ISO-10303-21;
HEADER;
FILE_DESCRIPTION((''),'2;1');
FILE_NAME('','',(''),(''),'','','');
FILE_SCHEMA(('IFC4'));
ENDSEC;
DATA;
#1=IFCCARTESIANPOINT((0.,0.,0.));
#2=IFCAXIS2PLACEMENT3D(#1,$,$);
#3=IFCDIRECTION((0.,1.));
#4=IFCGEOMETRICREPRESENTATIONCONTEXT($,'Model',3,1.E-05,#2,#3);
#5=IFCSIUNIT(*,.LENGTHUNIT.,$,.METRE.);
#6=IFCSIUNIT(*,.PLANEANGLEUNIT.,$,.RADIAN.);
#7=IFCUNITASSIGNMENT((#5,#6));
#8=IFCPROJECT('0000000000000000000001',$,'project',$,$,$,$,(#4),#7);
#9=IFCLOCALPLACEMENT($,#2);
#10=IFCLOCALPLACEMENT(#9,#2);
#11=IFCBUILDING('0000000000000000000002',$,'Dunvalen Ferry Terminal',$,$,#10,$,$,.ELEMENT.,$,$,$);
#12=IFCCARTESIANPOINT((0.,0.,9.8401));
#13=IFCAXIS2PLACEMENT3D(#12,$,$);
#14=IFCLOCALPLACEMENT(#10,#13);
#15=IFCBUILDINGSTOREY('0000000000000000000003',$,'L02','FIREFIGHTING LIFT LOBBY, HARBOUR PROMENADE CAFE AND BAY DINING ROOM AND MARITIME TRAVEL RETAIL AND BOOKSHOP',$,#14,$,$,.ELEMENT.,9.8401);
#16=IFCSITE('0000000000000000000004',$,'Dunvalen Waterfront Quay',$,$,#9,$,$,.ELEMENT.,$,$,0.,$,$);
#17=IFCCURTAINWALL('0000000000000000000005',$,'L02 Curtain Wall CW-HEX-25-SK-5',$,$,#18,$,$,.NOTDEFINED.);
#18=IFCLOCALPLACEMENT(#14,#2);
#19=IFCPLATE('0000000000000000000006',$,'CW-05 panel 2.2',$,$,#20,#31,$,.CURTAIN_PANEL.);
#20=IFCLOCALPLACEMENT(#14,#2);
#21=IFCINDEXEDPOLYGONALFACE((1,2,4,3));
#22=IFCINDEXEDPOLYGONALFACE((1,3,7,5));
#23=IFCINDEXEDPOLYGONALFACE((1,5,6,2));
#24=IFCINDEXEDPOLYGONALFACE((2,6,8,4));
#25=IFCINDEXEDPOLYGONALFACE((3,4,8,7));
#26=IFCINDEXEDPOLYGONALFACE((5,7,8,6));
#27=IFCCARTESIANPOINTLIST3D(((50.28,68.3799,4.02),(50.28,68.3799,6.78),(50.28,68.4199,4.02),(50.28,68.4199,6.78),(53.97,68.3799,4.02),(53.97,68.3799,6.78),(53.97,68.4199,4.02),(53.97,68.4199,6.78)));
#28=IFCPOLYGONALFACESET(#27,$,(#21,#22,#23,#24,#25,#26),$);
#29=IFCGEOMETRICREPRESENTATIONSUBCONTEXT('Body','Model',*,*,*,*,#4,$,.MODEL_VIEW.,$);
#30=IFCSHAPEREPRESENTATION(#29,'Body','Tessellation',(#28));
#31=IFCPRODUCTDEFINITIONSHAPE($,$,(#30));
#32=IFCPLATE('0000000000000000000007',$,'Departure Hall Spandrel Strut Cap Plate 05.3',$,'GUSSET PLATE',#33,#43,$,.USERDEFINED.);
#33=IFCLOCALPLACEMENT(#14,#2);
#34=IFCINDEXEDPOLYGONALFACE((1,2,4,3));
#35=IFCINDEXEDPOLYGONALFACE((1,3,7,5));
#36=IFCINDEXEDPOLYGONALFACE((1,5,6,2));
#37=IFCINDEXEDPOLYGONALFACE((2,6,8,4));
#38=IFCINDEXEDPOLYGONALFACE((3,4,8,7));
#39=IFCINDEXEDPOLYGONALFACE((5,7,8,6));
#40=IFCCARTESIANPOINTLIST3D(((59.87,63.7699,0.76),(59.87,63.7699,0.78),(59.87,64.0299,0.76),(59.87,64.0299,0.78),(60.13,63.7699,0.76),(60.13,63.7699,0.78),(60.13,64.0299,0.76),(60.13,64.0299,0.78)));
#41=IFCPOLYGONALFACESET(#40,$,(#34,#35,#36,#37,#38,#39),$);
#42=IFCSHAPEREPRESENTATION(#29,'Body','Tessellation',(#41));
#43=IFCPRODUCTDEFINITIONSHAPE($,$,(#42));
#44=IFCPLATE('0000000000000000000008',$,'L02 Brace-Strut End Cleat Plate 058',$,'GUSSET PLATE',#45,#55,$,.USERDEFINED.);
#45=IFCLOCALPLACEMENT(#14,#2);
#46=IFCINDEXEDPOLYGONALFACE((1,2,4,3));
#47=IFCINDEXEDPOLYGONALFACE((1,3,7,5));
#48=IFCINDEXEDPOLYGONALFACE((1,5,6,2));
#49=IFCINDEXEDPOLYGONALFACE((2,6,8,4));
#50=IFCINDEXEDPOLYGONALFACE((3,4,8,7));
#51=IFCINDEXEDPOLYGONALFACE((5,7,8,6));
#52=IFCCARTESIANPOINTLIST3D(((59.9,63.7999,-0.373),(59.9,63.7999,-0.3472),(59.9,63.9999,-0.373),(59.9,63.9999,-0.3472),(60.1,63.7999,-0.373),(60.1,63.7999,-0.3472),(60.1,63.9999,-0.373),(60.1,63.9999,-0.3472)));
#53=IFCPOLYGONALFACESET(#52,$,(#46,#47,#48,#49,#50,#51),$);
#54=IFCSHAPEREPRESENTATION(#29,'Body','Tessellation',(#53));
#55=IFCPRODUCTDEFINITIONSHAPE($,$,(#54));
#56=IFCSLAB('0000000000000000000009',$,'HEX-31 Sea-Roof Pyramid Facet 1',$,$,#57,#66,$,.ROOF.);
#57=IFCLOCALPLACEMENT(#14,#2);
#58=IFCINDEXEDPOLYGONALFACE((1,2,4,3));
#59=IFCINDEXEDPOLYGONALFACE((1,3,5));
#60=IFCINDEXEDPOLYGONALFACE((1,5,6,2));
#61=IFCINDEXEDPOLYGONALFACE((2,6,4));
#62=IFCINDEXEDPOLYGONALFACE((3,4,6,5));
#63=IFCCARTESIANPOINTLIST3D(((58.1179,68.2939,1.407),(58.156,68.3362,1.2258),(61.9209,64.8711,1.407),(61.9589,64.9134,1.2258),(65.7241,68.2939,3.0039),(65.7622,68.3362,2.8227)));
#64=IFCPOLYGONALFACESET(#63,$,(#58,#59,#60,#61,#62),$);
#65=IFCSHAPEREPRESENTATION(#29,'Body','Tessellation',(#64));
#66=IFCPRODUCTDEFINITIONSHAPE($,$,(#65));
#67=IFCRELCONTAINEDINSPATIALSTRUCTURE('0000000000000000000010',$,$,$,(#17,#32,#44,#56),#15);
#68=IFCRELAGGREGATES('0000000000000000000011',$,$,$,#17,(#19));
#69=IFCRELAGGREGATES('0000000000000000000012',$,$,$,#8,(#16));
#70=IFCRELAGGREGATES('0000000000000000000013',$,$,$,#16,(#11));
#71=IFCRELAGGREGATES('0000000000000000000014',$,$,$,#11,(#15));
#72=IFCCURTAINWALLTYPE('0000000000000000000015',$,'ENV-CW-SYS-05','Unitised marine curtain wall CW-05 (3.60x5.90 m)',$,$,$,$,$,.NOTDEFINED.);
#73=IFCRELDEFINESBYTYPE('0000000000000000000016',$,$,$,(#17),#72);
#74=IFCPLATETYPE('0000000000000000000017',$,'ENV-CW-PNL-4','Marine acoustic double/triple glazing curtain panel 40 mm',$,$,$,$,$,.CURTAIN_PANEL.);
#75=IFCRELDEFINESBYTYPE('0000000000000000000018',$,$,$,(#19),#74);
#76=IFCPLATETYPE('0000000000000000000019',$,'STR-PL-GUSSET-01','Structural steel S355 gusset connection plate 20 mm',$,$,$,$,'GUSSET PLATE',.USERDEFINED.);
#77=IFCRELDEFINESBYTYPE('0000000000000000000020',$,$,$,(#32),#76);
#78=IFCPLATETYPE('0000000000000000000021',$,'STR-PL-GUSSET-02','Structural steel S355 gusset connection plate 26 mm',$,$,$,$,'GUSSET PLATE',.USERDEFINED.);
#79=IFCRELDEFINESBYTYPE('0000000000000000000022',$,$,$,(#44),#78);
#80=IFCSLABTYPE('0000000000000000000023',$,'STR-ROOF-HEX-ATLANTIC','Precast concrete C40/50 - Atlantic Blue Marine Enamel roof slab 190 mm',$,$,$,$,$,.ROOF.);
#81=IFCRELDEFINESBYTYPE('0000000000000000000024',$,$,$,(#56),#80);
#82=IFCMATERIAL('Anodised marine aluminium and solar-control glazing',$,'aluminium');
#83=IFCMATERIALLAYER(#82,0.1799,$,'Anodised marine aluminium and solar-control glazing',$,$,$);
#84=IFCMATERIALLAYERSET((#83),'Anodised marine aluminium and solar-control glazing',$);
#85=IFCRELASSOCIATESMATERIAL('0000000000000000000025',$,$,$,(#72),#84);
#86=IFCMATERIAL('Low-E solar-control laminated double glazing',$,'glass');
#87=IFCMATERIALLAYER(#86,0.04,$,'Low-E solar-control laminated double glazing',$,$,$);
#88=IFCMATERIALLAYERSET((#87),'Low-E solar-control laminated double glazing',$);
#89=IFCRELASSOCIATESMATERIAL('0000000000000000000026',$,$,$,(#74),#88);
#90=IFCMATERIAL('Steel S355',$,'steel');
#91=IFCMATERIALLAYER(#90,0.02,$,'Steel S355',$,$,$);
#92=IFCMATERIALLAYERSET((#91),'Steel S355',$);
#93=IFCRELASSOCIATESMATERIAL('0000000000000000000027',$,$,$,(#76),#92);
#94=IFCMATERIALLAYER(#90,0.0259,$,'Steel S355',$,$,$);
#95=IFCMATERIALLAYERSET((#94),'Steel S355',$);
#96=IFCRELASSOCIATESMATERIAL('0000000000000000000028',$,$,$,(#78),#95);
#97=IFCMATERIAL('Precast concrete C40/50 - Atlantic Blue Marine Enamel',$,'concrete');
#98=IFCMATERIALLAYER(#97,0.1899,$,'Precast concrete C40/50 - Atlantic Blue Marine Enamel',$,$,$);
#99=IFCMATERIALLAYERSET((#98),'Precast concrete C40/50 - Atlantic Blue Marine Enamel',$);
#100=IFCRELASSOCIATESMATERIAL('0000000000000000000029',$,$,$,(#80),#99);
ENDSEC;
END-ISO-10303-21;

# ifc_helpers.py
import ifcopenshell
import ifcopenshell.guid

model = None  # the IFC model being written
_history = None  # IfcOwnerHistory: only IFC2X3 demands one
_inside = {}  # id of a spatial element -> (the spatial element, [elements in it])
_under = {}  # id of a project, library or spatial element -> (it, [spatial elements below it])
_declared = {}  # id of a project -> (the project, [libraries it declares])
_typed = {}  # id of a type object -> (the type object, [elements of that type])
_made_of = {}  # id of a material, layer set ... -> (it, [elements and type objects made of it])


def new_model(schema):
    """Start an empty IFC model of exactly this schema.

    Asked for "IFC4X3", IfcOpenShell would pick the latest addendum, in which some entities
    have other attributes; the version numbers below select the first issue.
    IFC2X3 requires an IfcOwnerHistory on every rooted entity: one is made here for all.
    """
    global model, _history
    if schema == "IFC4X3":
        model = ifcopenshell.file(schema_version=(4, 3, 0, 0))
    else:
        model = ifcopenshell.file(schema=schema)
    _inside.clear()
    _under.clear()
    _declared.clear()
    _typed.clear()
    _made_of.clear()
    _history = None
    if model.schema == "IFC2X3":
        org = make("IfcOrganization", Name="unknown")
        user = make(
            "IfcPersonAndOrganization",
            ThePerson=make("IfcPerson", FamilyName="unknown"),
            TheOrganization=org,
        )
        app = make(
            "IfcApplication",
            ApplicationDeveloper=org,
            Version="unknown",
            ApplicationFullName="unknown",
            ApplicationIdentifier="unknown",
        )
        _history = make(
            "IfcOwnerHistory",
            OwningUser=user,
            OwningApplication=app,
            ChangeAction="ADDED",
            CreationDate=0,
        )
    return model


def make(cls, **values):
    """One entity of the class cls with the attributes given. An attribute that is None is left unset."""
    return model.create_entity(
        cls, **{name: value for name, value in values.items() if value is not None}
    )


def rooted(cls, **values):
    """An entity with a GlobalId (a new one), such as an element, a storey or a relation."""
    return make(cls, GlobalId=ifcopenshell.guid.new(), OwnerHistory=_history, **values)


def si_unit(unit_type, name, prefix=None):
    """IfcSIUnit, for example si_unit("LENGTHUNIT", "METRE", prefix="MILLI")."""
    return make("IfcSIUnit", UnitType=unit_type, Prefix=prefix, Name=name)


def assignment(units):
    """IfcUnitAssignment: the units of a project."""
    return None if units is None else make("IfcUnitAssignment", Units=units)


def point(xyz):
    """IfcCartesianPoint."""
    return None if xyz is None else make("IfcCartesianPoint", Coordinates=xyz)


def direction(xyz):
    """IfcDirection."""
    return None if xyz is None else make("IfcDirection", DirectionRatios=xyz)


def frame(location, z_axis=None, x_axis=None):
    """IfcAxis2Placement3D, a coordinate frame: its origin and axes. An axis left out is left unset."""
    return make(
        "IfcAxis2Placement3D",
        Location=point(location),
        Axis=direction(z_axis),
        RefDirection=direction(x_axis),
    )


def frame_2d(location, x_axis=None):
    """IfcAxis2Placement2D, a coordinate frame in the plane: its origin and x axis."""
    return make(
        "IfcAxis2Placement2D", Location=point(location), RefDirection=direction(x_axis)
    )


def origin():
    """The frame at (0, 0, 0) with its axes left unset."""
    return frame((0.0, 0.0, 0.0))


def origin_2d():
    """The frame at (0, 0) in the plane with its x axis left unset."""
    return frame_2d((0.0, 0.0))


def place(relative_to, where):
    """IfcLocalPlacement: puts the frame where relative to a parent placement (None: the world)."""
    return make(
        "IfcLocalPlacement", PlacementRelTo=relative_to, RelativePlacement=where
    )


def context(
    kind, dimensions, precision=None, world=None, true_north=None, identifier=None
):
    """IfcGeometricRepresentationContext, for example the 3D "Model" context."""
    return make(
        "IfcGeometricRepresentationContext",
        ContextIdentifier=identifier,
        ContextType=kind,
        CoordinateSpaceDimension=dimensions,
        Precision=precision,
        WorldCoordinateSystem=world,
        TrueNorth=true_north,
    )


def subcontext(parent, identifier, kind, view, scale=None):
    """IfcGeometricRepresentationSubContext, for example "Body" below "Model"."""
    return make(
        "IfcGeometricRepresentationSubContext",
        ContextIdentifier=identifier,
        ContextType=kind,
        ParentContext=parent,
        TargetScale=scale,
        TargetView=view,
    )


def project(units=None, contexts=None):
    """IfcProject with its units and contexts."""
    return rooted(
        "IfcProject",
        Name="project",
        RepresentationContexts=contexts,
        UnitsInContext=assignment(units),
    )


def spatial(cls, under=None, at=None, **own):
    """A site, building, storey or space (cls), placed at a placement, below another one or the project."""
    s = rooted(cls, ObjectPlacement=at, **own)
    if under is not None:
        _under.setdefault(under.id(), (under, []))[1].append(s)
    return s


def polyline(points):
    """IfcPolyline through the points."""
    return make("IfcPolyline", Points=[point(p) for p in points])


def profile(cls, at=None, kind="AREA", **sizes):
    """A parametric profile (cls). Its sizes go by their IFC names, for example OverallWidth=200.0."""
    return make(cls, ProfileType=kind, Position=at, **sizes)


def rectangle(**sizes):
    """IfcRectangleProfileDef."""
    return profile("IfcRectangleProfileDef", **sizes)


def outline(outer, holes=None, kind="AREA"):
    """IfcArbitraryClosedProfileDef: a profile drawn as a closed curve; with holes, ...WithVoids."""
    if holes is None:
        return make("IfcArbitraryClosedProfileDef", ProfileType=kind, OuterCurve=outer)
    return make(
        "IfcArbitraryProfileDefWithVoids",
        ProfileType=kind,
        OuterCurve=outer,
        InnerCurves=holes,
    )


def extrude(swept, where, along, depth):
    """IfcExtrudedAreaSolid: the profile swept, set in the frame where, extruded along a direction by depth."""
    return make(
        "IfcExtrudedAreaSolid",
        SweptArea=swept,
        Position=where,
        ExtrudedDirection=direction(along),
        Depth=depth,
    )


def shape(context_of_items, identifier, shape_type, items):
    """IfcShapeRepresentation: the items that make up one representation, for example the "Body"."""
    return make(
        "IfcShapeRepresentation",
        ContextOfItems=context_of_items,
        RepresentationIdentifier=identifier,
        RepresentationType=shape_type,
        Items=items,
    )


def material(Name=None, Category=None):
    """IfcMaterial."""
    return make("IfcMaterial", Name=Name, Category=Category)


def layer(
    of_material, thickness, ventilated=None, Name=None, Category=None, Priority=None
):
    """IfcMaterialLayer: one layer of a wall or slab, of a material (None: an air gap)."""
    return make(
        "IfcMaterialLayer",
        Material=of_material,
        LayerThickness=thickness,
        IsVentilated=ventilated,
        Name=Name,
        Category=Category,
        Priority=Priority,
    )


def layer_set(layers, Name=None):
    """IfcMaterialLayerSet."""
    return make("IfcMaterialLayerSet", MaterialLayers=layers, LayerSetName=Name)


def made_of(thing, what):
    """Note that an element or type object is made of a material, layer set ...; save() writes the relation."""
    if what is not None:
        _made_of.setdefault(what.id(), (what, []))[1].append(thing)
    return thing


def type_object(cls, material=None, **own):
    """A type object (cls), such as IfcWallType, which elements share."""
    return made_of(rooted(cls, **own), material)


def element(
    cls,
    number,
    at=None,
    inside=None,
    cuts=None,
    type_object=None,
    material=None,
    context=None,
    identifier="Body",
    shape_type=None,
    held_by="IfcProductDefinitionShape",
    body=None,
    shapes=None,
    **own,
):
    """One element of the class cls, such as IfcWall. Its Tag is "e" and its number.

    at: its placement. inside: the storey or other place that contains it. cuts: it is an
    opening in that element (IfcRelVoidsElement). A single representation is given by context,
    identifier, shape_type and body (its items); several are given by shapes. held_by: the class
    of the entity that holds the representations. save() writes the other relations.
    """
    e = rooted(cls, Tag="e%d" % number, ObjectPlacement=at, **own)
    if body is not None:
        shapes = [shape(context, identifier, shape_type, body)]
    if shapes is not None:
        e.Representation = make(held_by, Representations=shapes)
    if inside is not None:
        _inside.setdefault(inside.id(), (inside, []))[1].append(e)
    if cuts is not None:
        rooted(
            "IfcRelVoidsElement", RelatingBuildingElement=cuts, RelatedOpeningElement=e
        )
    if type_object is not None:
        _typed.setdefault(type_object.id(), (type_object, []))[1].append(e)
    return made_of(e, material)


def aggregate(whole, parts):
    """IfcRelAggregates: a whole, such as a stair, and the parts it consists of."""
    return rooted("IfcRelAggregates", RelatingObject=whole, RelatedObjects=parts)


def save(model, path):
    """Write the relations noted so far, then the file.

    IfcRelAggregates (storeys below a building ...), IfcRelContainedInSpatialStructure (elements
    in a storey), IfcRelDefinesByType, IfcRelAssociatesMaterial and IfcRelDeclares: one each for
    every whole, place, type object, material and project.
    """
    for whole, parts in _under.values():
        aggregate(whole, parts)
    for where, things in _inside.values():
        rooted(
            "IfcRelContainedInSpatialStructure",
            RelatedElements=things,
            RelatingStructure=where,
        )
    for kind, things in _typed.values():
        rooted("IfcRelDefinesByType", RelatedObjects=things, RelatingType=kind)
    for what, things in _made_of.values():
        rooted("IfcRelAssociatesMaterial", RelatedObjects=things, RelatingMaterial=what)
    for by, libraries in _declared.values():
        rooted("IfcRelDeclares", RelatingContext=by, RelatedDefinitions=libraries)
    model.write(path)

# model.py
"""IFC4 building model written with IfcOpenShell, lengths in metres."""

from ifc_helpers import new_model, si_unit, direction, frame, origin, origin_2d, place, context, subcontext, project, spatial, polyline, rectangle, outline, extrude, material, layer, layer_set, type_object, element, aggregate, save


model = new_model("IFC4")

# Units and contexts
model_context = context("Model", 3, precision=1e-05, world=origin(), true_north=direction((0.0, 1.0)))
body_context = subcontext(model_context, "Body", "Model", "MODEL_VIEW")
ifc_project = project(units=[si_unit("LENGTHUNIT", "METRE"), si_unit("PLANEANGLEUNIT", "RADIAN")], contexts=[model_context])

# Site, building, storey
site_placement = place(None, origin())
site = spatial("IfcSite", under=ifc_project, at=site_placement, Name="Dunvalen Waterfront Quay", CompositionType="ELEMENT", RefElevation=0.0)
building_placement = place(site_placement, origin())
building = spatial("IfcBuilding", under=site, at=building_placement, Name="Dunvalen Ferry Terminal", CompositionType="ELEMENT")
storey_placement = place(building_placement, frame((0.0, 0.0, 9.8401)))
storey = spatial("IfcBuildingStorey", under=building, at=storey_placement, Name="L02", Description="FIREFIGHTING LIFT LOBBY, HARBOUR PROMENADE CAFE AND BAY DINING ROOM AND MARITIME TRAVEL RETAIL AND BOOKSHOP", CompositionType="ELEMENT", Elevation=9.8401)

# Shared definitions
ifc_material_1 = material(Name="Anodised marine aluminium and solar-control glazing", Category="aluminium")

# Curtain wall
ifc_layer_1 = layer(ifc_material_1, 0.1799, Name="Anodised marine aluminium and solar-control glazing")
ifc_layer_set_1 = layer_set([ifc_layer_1], Name="Anodised marine aluminium and solar-control glazing")
curtain_wall_type_1 = type_object("IfcCurtainWallType", Name="ENV-CW-SYS-05", Description="Unitised marine curtain wall CW-05 (3.60x5.90 m)", PredefinedType="NOTDEFINED", material=ifc_layer_set_1)
curtain_wall_1_placement = place(storey_placement, origin())
curtain_wall_1 = element("IfcCurtainWall", 1, at=curtain_wall_1_placement, inside=storey, type_object=curtain_wall_type_1, Name="L02 Curtain Wall CW-HEX-25-SK-5", PredefinedType="NOTDEFINED")

# Shared definitions
ifc_material_2 = material(Name="Steel S355", Category="steel")

# Plate
ifc_material_3 = material(Name="Low-E solar-control laminated double glazing", Category="glass")
ifc_layer_2 = layer(ifc_material_3, 0.04, Name="Low-E solar-control laminated double glazing")
ifc_layer_set_2 = layer_set([ifc_layer_2], Name="Low-E solar-control laminated double glazing")
plate_type_1 = type_object("IfcPlateType", Name="ENV-CW-PNL-4", Description="Marine acoustic double/triple glazing curtain panel 40 mm", PredefinedType="CURTAIN_PANEL", material=ifc_layer_set_2)
plate_1_placement = place(storey_placement, frame((52.125, 68.3999, 4.02), z_axis=(0.0, 0.0, 1.0), x_axis=(-1.0, 0.0, 0.0)))
plate_1 = element("IfcPlate", 2, at=plate_1_placement, type_object=plate_type_1, Name="CW-05 panel 2.2", PredefinedType="CURTAIN_PANEL", context=body_context, shape_type="SweptSolid", body=[
    extrude(rectangle(XDim=3.6899, YDim=0.04, at=origin_2d()), origin(), (0.0, 0.0, 1.0), 2.76),
])
aggregate(curtain_wall_1, [plate_1])

# Plates
ifc_layer_3 = layer(ifc_material_2, 0.02, Name="Steel S355")
ifc_layer_set_3 = layer_set([ifc_layer_3], Name="Steel S355")
plate_type_2 = type_object("IfcPlateType", Name="STR-PL-GUSSET-01", Description="Structural steel S355 gusset connection plate 20 mm", ElementType="GUSSET PLATE", PredefinedType="USERDEFINED", material=ifc_layer_set_3)
plate_2_placement = place(storey_placement, frame((60.0, 63.8999, 0.76), z_axis=(0.0, 0.0, 1.0), x_axis=(1.0, 0.0, 0.0)))
element("IfcPlate", 3, at=plate_2_placement, inside=storey, type_object=plate_type_2, Name="Departure Hall Spandrel Strut Cap Plate 05.3", ObjectType="GUSSET PLATE", PredefinedType="USERDEFINED", context=body_context, shape_type="SweptSolid", body=[
    extrude(rectangle(XDim=0.26, YDim=0.26, at=origin_2d()), origin(), (0.0, 0.0, 1.0), 0.02),
])
ifc_layer_4 = layer(ifc_material_2, 0.0259, Name="Steel S355")
ifc_layer_set_4 = layer_set([ifc_layer_4], Name="Steel S355")
plate_type_3 = type_object("IfcPlateType", Name="STR-PL-GUSSET-02", Description="Structural steel S355 gusset connection plate 26 mm", ElementType="GUSSET PLATE", PredefinedType="USERDEFINED", material=ifc_layer_set_4)
plate_3_placement = place(storey_placement, frame((60.0, 63.8999, -0.373), z_axis=(0.0, 0.0, 1.0), x_axis=(1.0, 0.0, 0.0)))
element("IfcPlate", 4, at=plate_3_placement, inside=storey, type_object=plate_type_3, Name="L02 Brace-Strut End Cleat Plate 058", ObjectType="GUSSET PLATE", PredefinedType="USERDEFINED", context=body_context, shape_type="SweptSolid", body=[
    extrude(rectangle(XDim=0.2, YDim=0.2, at=origin_2d()), origin(), (0.0, 0.0, 1.0), 0.0259),
])

# Slab
ifc_material_4 = material(Name="Precast concrete C40/50 - Atlantic Blue Marine Enamel", Category="concrete")
ifc_layer_5 = layer(ifc_material_4, 0.1899, Name="Precast concrete C40/50 - Atlantic Blue Marine Enamel")
ifc_layer_set_5 = layer_set([ifc_layer_5], Name="Precast concrete C40/50 - Atlantic Blue Marine Enamel")
slab_type = type_object("IfcSlabType", Name="STR-ROOF-HEX-ATLANTIC", Description="Precast concrete C40/50 - Atlantic Blue Marine Enamel roof slab 190 mm", PredefinedType="ROOF", material=ifc_layer_set_5)
slab_placement = place(storey_placement, frame((58.1179, 68.2939, 1.407), z_axis=(-0.200317, -0.222563, 0.954117), x_axis=(0.743278, -0.668983, 0.0)))
element("IfcSlab", 5, at=slab_placement, inside=storey, type_object=slab_type, Name="HEX-31 Sea-Roof Pyramid Facet 1", PredefinedType="ROOF", context=body_context, shape_type="SweptSolid", body=[
    extrude(outline(polyline([(0.0, 0.0), (5.1165, 0.0), (5.6535, 5.3331), (0.0, 0.0)])), origin(), (0.0, 0.0, -1.0), 0.1899),
])

save(model, "model.ifc")
